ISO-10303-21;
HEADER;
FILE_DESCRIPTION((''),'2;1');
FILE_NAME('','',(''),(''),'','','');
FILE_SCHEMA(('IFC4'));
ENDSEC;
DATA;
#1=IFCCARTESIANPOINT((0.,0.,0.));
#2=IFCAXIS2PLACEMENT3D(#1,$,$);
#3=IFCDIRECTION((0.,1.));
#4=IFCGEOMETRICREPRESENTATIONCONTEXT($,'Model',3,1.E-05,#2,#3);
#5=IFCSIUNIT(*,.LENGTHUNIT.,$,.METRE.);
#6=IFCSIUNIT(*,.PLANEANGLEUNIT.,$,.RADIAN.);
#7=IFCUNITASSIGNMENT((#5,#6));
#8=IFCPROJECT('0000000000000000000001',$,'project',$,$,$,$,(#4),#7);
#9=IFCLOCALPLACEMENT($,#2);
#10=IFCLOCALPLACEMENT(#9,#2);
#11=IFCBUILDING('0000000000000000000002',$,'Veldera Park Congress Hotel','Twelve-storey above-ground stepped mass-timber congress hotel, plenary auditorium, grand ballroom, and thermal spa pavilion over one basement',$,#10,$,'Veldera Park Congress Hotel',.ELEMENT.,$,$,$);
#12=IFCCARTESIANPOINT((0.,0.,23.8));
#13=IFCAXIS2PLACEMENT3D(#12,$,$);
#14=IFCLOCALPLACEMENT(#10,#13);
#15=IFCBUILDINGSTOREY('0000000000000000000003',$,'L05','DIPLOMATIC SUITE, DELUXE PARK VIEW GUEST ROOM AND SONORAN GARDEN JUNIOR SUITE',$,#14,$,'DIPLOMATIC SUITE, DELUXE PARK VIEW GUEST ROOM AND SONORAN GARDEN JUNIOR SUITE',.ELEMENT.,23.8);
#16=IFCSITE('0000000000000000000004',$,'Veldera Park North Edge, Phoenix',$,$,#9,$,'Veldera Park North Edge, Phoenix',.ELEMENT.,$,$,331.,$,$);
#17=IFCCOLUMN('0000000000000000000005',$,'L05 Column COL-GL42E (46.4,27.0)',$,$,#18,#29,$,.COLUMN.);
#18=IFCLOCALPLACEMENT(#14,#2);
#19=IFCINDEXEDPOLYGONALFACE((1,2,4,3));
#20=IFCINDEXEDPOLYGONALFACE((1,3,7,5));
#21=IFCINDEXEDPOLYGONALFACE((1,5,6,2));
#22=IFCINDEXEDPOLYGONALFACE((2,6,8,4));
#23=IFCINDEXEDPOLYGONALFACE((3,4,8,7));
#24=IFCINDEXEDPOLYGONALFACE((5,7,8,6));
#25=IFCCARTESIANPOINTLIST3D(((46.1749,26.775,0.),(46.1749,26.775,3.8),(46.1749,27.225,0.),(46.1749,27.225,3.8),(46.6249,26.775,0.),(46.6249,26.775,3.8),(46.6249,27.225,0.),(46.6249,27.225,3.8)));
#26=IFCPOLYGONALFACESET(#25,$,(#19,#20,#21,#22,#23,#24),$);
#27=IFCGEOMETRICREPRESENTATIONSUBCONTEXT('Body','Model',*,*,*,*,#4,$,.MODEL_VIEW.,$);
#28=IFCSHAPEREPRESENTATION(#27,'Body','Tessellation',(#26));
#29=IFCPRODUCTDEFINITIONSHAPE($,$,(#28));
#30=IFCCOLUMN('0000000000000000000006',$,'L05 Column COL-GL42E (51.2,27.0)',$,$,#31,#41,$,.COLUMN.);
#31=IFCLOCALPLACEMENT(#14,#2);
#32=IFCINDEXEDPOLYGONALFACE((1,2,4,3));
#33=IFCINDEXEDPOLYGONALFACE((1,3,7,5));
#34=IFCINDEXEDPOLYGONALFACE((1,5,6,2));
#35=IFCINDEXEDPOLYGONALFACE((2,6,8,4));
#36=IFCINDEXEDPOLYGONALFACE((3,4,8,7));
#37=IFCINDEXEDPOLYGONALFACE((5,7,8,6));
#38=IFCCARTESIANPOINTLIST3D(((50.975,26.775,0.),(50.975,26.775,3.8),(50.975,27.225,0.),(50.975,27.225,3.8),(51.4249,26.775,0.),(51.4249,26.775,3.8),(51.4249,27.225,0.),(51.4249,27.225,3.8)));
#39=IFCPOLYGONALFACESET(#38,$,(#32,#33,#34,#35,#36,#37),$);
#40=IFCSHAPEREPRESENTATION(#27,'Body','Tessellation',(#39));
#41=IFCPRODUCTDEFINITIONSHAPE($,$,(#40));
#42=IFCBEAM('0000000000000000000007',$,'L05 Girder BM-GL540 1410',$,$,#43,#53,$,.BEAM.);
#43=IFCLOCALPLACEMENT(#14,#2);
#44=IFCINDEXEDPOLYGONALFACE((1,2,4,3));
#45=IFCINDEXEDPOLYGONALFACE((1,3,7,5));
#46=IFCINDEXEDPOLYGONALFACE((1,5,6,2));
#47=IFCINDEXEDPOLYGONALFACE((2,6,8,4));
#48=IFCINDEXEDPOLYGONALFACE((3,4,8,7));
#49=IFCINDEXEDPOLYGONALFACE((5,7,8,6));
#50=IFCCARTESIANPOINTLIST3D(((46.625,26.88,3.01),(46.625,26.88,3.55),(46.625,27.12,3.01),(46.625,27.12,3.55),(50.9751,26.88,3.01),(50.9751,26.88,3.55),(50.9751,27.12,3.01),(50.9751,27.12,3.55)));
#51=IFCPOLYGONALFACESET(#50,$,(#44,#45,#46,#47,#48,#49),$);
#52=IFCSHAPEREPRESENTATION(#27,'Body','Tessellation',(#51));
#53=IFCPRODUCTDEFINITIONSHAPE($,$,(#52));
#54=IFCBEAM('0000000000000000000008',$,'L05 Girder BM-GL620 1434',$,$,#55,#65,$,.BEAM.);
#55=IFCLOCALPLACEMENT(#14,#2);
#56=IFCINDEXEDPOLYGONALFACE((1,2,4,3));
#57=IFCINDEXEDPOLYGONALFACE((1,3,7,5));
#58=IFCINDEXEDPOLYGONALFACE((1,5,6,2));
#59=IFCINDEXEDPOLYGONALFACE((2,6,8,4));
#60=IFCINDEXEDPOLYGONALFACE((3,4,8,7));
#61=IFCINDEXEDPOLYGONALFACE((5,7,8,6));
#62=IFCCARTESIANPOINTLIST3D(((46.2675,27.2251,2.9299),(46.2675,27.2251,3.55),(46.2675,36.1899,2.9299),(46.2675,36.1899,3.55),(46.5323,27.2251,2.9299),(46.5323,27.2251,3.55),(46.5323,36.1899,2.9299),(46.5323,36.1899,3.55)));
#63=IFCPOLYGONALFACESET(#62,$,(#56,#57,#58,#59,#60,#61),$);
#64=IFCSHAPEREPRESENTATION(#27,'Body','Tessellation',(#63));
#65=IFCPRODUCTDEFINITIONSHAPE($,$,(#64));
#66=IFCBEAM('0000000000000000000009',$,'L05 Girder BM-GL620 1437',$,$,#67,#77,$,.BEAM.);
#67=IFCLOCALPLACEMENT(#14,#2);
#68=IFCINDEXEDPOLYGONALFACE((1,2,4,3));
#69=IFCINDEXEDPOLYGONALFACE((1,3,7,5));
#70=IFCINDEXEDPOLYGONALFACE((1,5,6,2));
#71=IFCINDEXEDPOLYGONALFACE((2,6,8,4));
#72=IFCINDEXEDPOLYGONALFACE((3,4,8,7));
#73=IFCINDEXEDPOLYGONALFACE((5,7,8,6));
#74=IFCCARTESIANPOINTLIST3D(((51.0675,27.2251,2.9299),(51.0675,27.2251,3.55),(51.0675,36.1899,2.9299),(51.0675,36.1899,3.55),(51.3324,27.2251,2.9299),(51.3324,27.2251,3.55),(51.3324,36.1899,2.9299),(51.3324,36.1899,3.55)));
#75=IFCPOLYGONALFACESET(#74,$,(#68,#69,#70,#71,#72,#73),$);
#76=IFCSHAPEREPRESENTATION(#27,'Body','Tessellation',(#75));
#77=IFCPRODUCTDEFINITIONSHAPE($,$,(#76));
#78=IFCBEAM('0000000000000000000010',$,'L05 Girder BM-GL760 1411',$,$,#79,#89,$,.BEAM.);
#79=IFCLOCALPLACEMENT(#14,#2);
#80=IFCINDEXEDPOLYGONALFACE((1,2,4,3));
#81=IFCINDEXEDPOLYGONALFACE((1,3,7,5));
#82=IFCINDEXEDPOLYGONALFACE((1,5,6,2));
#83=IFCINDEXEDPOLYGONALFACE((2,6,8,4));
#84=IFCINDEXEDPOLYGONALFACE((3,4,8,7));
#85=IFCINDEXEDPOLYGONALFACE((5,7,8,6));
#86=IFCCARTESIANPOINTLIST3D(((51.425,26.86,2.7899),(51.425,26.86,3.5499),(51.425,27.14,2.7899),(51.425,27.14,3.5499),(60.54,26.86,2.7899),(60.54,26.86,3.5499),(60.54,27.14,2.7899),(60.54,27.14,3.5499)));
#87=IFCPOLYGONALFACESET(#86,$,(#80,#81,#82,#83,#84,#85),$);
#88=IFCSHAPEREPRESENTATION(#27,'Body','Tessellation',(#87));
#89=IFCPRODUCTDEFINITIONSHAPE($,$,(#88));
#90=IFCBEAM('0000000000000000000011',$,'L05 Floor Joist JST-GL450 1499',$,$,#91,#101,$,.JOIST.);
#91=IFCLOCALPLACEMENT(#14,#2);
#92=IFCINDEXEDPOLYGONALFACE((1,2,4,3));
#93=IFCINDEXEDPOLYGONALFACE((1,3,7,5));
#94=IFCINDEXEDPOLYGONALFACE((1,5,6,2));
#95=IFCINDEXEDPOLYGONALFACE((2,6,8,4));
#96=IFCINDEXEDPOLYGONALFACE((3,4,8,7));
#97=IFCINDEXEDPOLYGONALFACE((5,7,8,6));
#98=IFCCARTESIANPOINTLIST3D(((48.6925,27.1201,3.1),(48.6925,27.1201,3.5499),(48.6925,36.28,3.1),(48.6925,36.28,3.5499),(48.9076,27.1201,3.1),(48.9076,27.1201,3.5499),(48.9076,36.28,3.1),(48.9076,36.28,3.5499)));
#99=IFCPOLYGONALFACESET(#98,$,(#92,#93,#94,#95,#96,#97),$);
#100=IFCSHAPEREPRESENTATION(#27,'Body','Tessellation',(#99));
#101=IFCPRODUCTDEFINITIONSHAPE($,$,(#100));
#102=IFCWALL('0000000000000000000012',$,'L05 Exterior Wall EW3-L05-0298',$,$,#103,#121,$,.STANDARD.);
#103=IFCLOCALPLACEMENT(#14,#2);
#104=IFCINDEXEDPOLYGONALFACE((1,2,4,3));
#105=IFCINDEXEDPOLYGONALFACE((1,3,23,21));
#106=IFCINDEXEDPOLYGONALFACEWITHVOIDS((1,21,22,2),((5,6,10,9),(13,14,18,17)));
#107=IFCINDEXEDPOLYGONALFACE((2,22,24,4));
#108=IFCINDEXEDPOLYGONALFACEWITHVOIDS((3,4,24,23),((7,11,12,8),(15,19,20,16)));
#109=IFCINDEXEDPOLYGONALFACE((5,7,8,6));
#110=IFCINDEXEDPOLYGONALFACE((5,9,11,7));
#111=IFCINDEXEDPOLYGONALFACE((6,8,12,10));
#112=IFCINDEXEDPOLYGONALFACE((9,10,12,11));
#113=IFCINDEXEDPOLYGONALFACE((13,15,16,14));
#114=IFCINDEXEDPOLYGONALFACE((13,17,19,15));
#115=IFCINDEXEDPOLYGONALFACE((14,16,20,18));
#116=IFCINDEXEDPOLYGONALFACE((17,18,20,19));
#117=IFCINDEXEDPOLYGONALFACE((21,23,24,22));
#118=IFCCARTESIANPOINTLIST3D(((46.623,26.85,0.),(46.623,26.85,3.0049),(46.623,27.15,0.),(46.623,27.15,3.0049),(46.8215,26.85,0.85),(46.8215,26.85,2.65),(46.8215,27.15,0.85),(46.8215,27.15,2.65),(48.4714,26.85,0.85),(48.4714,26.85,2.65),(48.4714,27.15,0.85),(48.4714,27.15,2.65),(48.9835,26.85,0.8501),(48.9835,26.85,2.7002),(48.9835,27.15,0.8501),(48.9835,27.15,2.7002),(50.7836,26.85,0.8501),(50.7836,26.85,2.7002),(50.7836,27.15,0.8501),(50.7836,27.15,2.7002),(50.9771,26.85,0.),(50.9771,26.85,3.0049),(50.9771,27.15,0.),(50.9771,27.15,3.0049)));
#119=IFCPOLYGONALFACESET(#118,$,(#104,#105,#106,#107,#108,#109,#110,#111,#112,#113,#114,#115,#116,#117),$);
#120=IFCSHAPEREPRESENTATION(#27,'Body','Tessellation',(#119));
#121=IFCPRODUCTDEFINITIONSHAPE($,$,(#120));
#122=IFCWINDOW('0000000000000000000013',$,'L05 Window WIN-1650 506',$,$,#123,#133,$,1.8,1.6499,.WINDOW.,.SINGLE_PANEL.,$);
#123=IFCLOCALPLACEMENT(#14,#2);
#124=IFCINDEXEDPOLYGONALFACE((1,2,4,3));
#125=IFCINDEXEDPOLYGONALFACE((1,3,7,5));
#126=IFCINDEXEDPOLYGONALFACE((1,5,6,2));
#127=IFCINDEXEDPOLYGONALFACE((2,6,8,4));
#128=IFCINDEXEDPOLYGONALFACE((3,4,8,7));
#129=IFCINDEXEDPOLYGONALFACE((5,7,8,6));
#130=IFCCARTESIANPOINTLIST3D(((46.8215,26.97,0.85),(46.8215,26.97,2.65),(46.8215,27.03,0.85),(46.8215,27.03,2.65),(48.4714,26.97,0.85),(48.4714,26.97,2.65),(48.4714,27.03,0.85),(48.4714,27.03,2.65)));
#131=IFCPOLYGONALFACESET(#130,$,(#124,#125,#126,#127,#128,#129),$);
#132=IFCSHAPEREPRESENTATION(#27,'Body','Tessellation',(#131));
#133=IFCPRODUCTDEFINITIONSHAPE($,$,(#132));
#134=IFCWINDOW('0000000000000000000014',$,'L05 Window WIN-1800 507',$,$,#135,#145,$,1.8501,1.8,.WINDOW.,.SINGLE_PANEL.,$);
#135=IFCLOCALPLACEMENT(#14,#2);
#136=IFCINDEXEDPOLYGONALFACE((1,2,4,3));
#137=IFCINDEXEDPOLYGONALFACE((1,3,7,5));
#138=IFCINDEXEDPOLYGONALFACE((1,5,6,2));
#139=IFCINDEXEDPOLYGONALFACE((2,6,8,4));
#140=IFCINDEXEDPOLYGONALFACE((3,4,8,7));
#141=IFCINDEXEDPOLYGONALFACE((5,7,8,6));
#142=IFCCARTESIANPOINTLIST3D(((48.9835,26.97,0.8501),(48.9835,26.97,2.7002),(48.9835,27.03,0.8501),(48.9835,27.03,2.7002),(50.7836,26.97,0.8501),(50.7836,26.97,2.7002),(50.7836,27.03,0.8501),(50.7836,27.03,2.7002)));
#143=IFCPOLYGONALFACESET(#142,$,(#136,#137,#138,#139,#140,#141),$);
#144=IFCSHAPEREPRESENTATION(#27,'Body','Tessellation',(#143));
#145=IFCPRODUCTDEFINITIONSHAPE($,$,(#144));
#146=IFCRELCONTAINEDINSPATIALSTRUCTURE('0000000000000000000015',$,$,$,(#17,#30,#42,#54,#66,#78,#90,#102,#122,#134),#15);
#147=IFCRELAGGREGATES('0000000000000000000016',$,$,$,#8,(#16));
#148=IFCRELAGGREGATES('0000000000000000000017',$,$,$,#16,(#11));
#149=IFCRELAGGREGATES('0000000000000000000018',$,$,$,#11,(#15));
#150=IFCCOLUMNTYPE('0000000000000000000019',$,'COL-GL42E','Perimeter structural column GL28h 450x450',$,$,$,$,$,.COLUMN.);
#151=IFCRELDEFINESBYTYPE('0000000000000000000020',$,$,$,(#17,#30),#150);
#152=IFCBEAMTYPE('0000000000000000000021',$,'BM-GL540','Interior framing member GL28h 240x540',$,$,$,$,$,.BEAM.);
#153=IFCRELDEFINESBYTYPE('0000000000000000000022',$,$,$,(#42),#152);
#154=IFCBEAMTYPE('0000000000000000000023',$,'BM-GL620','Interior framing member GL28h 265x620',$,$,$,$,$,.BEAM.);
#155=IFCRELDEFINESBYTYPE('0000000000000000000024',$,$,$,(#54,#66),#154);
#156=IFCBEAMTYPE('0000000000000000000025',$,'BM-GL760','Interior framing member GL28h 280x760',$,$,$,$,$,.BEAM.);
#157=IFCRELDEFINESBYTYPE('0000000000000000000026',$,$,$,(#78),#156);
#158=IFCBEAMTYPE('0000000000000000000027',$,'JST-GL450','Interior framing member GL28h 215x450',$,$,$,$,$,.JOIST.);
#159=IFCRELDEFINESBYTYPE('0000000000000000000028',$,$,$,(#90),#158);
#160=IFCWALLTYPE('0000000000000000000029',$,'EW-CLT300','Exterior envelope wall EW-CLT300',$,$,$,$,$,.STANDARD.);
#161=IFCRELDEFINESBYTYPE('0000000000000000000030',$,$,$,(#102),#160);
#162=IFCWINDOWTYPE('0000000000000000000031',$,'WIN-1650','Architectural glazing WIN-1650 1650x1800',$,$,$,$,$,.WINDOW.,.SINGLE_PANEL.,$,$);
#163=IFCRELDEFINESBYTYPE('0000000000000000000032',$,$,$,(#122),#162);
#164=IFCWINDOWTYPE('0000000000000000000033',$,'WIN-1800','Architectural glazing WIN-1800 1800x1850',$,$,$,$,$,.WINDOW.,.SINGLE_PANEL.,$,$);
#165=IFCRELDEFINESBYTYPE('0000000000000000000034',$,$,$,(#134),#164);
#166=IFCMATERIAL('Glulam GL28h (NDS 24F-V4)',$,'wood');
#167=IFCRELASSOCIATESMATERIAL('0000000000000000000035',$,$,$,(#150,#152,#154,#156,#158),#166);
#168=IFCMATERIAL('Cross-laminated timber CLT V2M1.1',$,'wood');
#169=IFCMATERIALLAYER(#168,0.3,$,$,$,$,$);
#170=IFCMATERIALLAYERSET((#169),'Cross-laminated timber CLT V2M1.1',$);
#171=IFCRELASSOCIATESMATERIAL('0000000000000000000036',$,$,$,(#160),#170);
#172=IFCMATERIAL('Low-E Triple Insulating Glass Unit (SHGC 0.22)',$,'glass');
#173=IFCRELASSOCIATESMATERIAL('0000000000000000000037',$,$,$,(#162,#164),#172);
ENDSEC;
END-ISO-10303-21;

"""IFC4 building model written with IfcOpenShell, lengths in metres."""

from ifc_helpers import new_model, si_unit, direction, frame, frame_2d, origin, origin_2d, place, context, subcontext, project, spatial, rectangle, extrude, material, layer, layer_set, material_profile, profile_set, type_object, element, fill, save


model = new_model("IFC4")

# Units and contexts
model_context = context("Model", 3, precision=1e-05, world=origin(), true_north=direction((0.0, 1.0)))
body_context = subcontext(model_context, "Body", "Model", "MODEL_VIEW")
ifc_project = project(units=[si_unit("LENGTHUNIT", "METRE"), si_unit("PLANEANGLEUNIT", "RADIAN")], contexts=[model_context])

# Site, building, storey
site_placement = place(None, origin())
site = spatial("IfcSite", under=ifc_project, at=site_placement, Name="Veldera Park North Edge, Phoenix", LongName="Veldera Park North Edge, Phoenix", CompositionType="ELEMENT", RefElevation=331.0)
building_placement = place(site_placement, origin())
building = spatial("IfcBuilding", under=site, at=building_placement, Name="Veldera Park Congress Hotel", Description="Twelve-storey above-ground stepped mass-timber congress hotel, plenary auditorium, grand ballroom, and thermal spa pavilion over one basement", LongName="Veldera Park Congress Hotel", CompositionType="ELEMENT")
storey_placement = place(building_placement, frame((0.0, 0.0, 23.8)))
storey = spatial("IfcBuildingStorey", under=building, at=storey_placement, Name="L05", Description="DIPLOMATIC SUITE, DELUXE PARK VIEW GUEST ROOM AND SONORAN GARDEN JUNIOR SUITE", LongName="DIPLOMATIC SUITE, DELUXE PARK VIEW GUEST ROOM AND SONORAN GARDEN JUNIOR SUITE", CompositionType="ELEMENT", Elevation=23.8)

# Columns
ifc_material_1 = material(Name="Glulam GL28h (NDS 24F-V4)", Category="wood")
ifc_material_profile_1 = material_profile(ifc_material_1, rectangle(XDim=0.45, YDim=0.45, at=origin_2d()), Name="GL28h 450x450")
ifc_profile_set_1 = profile_set([ifc_material_profile_1], Name="Glulam GL28h (NDS 24F-V4)")
column_type = type_object("IfcColumnType", Name="COL-GL42E", Description="Perimeter structural column GL28h 450x450", PredefinedType="COLUMN", material=ifc_profile_set_1)
for number, where, z_axis, x_axis, name in (
    (1, (46.3999, 27.0, 0.0), (0.0, 0.0, 1.0), (1.0, 0.0, 0.0), "L05 Column COL-GL42E (46.4,27.0)"),
    (2, (51.2, 27.0, 0.0), (0.0, 0.0, 1.0), (1.0, 0.0, 0.0), "L05 Column COL-GL42E (51.2,27.0)"),
):
    element("IfcColumn", number, at=place(storey_placement, frame(where, z_axis=z_axis, x_axis=x_axis)), inside=storey, type_object=column_type, Name=name, PredefinedType="COLUMN", context=body_context, shape_type="SweptSolid", body=[
        extrude(rectangle(XDim=0.45, YDim=0.45, at=origin_2d()), origin(), (0.0, 0.0, 1.0), 3.8),
    ])

# Beams
ifc_material_profile_2 = material_profile(ifc_material_1, rectangle(XDim=0.24, YDim=0.54, at=origin_2d()), Name="GL28h 240x540")
ifc_profile_set_2 = profile_set([ifc_material_profile_2], Name="Glulam GL28h (NDS 24F-V4)")
beam_type_1 = type_object("IfcBeamType", Name="BM-GL540", Description="Interior framing member GL28h 240x540", PredefinedType="BEAM", material=ifc_profile_set_2)
beam_1_placement = place(storey_placement, frame((46.625, 27.0, 3.28), z_axis=(1.0, 0.0, 0.0), x_axis=(0.0, 1.0, 0.0)))
element("IfcBeam", 3, at=beam_1_placement, inside=storey, type_object=beam_type_1, Name="L05 Girder BM-GL540 1410", PredefinedType="BEAM", context=body_context, shape_type="SweptSolid", body=[
    extrude(rectangle(XDim=0.24, YDim=0.54, at=origin_2d()), origin(), (0.0, 0.0, 1.0), 4.3501),
])
ifc_material_profile_3 = material_profile(ifc_material_1, rectangle(XDim=0.2649, YDim=0.6201, at=origin_2d()), Name="GL28h 265x620")
ifc_profile_set_3 = profile_set([ifc_material_profile_3], Name="Glulam GL28h (NDS 24F-V4)")
beam_type_2 = type_object("IfcBeamType", Name="BM-GL620", Description="Interior framing member GL28h 265x620", PredefinedType="BEAM", material=ifc_profile_set_3)
for number, where, z_axis, x_axis, name in (
    (4, (46.3999, 27.2251, 3.24), (0.0, 1.0, 0.0), (-1.0, 0.0, 0.0), "L05 Girder BM-GL620 1434"),
    (5, (51.2, 27.2251, 3.24), (0.0, 1.0, 0.0), (-1.0, 0.0, 0.0), "L05 Girder BM-GL620 1437"),
):
    element("IfcBeam", number, at=place(storey_placement, frame(where, z_axis=z_axis, x_axis=x_axis)), inside=storey, type_object=beam_type_2, Name=name, PredefinedType="BEAM", context=body_context, shape_type="SweptSolid", body=[
        extrude(rectangle(XDim=0.2649, YDim=0.6201, at=origin_2d()), origin(), (0.0, 0.0, 1.0), 8.9648),
    ])
ifc_material_profile_4 = material_profile(ifc_material_1, rectangle(XDim=0.28, YDim=0.76, at=origin_2d()), Name="GL28h 280x760")
ifc_profile_set_4 = profile_set([ifc_material_profile_4], Name="Glulam GL28h (NDS 24F-V4)")
beam_type_3 = type_object("IfcBeamType", Name="BM-GL760", Description="Interior framing member GL28h 280x760", PredefinedType="BEAM", material=ifc_profile_set_4)
beam_2_placement = place(storey_placement, frame((51.425, 27.0, 3.1699), z_axis=(1.0, 0.0, 0.0), x_axis=(0.0, 1.0, 0.0)))
element("IfcBeam", 6, at=beam_2_placement, inside=storey, type_object=beam_type_3, Name="L05 Girder BM-GL760 1411", PredefinedType="BEAM", context=body_context, shape_type="SweptSolid", body=[
    extrude(rectangle(XDim=0.28, YDim=0.76, at=origin_2d()), origin(), (0.0, 0.0, 1.0), 9.115),
])
ifc_material_profile_5 = material_profile(ifc_material_1, rectangle(XDim=0.2151, YDim=0.45, at=origin_2d()), Name="GL28h 215x450")
ifc_profile_set_5 = profile_set([ifc_material_profile_5], Name="Glulam GL28h (NDS 24F-V4)")
beam_type_4 = type_object("IfcBeamType", Name="JST-GL450", Description="Interior framing member GL28h 215x450", PredefinedType="JOIST", material=ifc_profile_set_5)
beam_3_placement = place(storey_placement, frame((48.8, 27.1201, 3.325), z_axis=(0.0, 1.0, 0.0), x_axis=(-1.0, 0.0, 0.0)))
element("IfcBeam", 7, at=beam_3_placement, inside=storey, type_object=beam_type_4, Name="L05 Floor Joist JST-GL450 1499", PredefinedType="JOIST", context=body_context, shape_type="SweptSolid", body=[
    extrude(rectangle(XDim=0.2151, YDim=0.45, at=origin_2d()), origin(), (0.0, 0.0, 1.0), 9.1599),
])

# Wall, openings, windows
ifc_material_2 = material(Name="Cross-laminated timber CLT V2M1.1", Category="wood")
ifc_layer_1 = layer(ifc_material_2, 0.3)
ifc_layer_set_1 = layer_set([ifc_layer_1], Name="Cross-laminated timber CLT V2M1.1")
wall_type_1 = type_object("IfcWallType", Name="EW-CLT300", Description="Exterior envelope wall EW-CLT300", PredefinedType="STANDARD", material=ifc_layer_set_1)
wall_1_placement = place(storey_placement, frame((46.623, 27.0, 0.0), z_axis=(0.0, 0.0, 1.0), x_axis=(1.0, 0.0, 0.0)))
wall_1 = element("IfcWall", 8, at=wall_1_placement, inside=storey, type_object=wall_type_1, Name="L05 Exterior Wall EW3-L05-0298", PredefinedType="STANDARD", context=body_context, shape_type="SweptSolid", body=[
    extrude(rectangle(XDim=4.354, YDim=0.3, at=frame_2d((2.177, 0.0))), origin(), (0.0, 0.0, 1.0), 3.0049),
])
opening_1_placement = place(wall_1_placement, frame((0.1985, 0.0, 0.8501)))
opening_1 = element("IfcOpeningElement", 9, at=opening_1_placement, cuts=wall_1, PredefinedType="OPENING", context=body_context, shape_type="SweptSolid", body=[
    extrude(rectangle(XDim=1.6499, YDim=1.8, at=frame_2d((0.825, 0.8999))), frame((0.0, 0.1621, 0.0), z_axis=(0.0, -1.0, 0.0), x_axis=(1.0, 0.0, 0.0)), (0.0, 0.0, 1.0), 0.324),
])
opening_2_placement = place(wall_1_placement, frame((2.3606, 0.0, 0.8501)))
opening_2 = element("IfcOpeningElement", 10, at=opening_2_placement, cuts=wall_1, PredefinedType="OPENING", context=body_context, shape_type="SweptSolid", body=[
    extrude(rectangle(XDim=1.8, YDim=1.8501, at=frame_2d((0.8999, 0.925))), frame((0.0, 0.1621, 0.0), z_axis=(0.0, -1.0, 0.0), x_axis=(1.0, 0.0, 0.0)), (0.0, 0.0, 1.0), 0.324),
])
ifc_material_3 = material(Name="Low-E Triple Insulating Glass Unit (SHGC 0.22)", Category="glass")
window_type_1 = type_object("IfcWindowType", Name="WIN-1650", Description="Architectural glazing WIN-1650 1650x1800", PartitioningType="SINGLE_PANEL", PredefinedType="WINDOW", material=ifc_material_3)
window_1_placement = place(opening_1_placement, origin())
window_1 = element("IfcWindow", 11, at=window_1_placement, inside=storey, type_object=window_type_1, Name="L05 Window WIN-1650 506", OverallHeight=1.8, OverallWidth=1.6499, PartitioningType="SINGLE_PANEL", PredefinedType="WINDOW", context=body_context, shape_type="SweptSolid", body=[
    extrude(rectangle(XDim=1.6499, YDim=1.8, at=frame_2d((0.825, 0.8999))), frame((0.0, 0.03, 0.0), z_axis=(0.0, -1.0, 0.0), x_axis=(1.0, 0.0, 0.0)), (0.0, 0.0, 1.0), 0.0601),
])
fill(opening_1, window_1)
window_type_2 = type_object("IfcWindowType", Name="WIN-1800", Description="Architectural glazing WIN-1800 1800x1850", PartitioningType="SINGLE_PANEL", PredefinedType="WINDOW", material=ifc_material_3)
window_2_placement = place(opening_2_placement, origin())
window_2 = element("IfcWindow", 12, at=window_2_placement, inside=storey, type_object=window_type_2, Name="L05 Window WIN-1800 507", OverallHeight=1.8501, OverallWidth=1.8, PartitioningType="SINGLE_PANEL", PredefinedType="WINDOW", context=body_context, shape_type="SweptSolid", body=[
    extrude(rectangle(XDim=1.8, YDim=1.8501, at=frame_2d((0.8999, 0.925))), frame((0.0, 0.03, 0.0), z_axis=(0.0, -1.0, 0.0), x_axis=(1.0, 0.0, 0.0)), (0.0, 0.0, 1.0), 0.0601),
])
fill(opening_2, window_2)

save(model, "model.ifc")
